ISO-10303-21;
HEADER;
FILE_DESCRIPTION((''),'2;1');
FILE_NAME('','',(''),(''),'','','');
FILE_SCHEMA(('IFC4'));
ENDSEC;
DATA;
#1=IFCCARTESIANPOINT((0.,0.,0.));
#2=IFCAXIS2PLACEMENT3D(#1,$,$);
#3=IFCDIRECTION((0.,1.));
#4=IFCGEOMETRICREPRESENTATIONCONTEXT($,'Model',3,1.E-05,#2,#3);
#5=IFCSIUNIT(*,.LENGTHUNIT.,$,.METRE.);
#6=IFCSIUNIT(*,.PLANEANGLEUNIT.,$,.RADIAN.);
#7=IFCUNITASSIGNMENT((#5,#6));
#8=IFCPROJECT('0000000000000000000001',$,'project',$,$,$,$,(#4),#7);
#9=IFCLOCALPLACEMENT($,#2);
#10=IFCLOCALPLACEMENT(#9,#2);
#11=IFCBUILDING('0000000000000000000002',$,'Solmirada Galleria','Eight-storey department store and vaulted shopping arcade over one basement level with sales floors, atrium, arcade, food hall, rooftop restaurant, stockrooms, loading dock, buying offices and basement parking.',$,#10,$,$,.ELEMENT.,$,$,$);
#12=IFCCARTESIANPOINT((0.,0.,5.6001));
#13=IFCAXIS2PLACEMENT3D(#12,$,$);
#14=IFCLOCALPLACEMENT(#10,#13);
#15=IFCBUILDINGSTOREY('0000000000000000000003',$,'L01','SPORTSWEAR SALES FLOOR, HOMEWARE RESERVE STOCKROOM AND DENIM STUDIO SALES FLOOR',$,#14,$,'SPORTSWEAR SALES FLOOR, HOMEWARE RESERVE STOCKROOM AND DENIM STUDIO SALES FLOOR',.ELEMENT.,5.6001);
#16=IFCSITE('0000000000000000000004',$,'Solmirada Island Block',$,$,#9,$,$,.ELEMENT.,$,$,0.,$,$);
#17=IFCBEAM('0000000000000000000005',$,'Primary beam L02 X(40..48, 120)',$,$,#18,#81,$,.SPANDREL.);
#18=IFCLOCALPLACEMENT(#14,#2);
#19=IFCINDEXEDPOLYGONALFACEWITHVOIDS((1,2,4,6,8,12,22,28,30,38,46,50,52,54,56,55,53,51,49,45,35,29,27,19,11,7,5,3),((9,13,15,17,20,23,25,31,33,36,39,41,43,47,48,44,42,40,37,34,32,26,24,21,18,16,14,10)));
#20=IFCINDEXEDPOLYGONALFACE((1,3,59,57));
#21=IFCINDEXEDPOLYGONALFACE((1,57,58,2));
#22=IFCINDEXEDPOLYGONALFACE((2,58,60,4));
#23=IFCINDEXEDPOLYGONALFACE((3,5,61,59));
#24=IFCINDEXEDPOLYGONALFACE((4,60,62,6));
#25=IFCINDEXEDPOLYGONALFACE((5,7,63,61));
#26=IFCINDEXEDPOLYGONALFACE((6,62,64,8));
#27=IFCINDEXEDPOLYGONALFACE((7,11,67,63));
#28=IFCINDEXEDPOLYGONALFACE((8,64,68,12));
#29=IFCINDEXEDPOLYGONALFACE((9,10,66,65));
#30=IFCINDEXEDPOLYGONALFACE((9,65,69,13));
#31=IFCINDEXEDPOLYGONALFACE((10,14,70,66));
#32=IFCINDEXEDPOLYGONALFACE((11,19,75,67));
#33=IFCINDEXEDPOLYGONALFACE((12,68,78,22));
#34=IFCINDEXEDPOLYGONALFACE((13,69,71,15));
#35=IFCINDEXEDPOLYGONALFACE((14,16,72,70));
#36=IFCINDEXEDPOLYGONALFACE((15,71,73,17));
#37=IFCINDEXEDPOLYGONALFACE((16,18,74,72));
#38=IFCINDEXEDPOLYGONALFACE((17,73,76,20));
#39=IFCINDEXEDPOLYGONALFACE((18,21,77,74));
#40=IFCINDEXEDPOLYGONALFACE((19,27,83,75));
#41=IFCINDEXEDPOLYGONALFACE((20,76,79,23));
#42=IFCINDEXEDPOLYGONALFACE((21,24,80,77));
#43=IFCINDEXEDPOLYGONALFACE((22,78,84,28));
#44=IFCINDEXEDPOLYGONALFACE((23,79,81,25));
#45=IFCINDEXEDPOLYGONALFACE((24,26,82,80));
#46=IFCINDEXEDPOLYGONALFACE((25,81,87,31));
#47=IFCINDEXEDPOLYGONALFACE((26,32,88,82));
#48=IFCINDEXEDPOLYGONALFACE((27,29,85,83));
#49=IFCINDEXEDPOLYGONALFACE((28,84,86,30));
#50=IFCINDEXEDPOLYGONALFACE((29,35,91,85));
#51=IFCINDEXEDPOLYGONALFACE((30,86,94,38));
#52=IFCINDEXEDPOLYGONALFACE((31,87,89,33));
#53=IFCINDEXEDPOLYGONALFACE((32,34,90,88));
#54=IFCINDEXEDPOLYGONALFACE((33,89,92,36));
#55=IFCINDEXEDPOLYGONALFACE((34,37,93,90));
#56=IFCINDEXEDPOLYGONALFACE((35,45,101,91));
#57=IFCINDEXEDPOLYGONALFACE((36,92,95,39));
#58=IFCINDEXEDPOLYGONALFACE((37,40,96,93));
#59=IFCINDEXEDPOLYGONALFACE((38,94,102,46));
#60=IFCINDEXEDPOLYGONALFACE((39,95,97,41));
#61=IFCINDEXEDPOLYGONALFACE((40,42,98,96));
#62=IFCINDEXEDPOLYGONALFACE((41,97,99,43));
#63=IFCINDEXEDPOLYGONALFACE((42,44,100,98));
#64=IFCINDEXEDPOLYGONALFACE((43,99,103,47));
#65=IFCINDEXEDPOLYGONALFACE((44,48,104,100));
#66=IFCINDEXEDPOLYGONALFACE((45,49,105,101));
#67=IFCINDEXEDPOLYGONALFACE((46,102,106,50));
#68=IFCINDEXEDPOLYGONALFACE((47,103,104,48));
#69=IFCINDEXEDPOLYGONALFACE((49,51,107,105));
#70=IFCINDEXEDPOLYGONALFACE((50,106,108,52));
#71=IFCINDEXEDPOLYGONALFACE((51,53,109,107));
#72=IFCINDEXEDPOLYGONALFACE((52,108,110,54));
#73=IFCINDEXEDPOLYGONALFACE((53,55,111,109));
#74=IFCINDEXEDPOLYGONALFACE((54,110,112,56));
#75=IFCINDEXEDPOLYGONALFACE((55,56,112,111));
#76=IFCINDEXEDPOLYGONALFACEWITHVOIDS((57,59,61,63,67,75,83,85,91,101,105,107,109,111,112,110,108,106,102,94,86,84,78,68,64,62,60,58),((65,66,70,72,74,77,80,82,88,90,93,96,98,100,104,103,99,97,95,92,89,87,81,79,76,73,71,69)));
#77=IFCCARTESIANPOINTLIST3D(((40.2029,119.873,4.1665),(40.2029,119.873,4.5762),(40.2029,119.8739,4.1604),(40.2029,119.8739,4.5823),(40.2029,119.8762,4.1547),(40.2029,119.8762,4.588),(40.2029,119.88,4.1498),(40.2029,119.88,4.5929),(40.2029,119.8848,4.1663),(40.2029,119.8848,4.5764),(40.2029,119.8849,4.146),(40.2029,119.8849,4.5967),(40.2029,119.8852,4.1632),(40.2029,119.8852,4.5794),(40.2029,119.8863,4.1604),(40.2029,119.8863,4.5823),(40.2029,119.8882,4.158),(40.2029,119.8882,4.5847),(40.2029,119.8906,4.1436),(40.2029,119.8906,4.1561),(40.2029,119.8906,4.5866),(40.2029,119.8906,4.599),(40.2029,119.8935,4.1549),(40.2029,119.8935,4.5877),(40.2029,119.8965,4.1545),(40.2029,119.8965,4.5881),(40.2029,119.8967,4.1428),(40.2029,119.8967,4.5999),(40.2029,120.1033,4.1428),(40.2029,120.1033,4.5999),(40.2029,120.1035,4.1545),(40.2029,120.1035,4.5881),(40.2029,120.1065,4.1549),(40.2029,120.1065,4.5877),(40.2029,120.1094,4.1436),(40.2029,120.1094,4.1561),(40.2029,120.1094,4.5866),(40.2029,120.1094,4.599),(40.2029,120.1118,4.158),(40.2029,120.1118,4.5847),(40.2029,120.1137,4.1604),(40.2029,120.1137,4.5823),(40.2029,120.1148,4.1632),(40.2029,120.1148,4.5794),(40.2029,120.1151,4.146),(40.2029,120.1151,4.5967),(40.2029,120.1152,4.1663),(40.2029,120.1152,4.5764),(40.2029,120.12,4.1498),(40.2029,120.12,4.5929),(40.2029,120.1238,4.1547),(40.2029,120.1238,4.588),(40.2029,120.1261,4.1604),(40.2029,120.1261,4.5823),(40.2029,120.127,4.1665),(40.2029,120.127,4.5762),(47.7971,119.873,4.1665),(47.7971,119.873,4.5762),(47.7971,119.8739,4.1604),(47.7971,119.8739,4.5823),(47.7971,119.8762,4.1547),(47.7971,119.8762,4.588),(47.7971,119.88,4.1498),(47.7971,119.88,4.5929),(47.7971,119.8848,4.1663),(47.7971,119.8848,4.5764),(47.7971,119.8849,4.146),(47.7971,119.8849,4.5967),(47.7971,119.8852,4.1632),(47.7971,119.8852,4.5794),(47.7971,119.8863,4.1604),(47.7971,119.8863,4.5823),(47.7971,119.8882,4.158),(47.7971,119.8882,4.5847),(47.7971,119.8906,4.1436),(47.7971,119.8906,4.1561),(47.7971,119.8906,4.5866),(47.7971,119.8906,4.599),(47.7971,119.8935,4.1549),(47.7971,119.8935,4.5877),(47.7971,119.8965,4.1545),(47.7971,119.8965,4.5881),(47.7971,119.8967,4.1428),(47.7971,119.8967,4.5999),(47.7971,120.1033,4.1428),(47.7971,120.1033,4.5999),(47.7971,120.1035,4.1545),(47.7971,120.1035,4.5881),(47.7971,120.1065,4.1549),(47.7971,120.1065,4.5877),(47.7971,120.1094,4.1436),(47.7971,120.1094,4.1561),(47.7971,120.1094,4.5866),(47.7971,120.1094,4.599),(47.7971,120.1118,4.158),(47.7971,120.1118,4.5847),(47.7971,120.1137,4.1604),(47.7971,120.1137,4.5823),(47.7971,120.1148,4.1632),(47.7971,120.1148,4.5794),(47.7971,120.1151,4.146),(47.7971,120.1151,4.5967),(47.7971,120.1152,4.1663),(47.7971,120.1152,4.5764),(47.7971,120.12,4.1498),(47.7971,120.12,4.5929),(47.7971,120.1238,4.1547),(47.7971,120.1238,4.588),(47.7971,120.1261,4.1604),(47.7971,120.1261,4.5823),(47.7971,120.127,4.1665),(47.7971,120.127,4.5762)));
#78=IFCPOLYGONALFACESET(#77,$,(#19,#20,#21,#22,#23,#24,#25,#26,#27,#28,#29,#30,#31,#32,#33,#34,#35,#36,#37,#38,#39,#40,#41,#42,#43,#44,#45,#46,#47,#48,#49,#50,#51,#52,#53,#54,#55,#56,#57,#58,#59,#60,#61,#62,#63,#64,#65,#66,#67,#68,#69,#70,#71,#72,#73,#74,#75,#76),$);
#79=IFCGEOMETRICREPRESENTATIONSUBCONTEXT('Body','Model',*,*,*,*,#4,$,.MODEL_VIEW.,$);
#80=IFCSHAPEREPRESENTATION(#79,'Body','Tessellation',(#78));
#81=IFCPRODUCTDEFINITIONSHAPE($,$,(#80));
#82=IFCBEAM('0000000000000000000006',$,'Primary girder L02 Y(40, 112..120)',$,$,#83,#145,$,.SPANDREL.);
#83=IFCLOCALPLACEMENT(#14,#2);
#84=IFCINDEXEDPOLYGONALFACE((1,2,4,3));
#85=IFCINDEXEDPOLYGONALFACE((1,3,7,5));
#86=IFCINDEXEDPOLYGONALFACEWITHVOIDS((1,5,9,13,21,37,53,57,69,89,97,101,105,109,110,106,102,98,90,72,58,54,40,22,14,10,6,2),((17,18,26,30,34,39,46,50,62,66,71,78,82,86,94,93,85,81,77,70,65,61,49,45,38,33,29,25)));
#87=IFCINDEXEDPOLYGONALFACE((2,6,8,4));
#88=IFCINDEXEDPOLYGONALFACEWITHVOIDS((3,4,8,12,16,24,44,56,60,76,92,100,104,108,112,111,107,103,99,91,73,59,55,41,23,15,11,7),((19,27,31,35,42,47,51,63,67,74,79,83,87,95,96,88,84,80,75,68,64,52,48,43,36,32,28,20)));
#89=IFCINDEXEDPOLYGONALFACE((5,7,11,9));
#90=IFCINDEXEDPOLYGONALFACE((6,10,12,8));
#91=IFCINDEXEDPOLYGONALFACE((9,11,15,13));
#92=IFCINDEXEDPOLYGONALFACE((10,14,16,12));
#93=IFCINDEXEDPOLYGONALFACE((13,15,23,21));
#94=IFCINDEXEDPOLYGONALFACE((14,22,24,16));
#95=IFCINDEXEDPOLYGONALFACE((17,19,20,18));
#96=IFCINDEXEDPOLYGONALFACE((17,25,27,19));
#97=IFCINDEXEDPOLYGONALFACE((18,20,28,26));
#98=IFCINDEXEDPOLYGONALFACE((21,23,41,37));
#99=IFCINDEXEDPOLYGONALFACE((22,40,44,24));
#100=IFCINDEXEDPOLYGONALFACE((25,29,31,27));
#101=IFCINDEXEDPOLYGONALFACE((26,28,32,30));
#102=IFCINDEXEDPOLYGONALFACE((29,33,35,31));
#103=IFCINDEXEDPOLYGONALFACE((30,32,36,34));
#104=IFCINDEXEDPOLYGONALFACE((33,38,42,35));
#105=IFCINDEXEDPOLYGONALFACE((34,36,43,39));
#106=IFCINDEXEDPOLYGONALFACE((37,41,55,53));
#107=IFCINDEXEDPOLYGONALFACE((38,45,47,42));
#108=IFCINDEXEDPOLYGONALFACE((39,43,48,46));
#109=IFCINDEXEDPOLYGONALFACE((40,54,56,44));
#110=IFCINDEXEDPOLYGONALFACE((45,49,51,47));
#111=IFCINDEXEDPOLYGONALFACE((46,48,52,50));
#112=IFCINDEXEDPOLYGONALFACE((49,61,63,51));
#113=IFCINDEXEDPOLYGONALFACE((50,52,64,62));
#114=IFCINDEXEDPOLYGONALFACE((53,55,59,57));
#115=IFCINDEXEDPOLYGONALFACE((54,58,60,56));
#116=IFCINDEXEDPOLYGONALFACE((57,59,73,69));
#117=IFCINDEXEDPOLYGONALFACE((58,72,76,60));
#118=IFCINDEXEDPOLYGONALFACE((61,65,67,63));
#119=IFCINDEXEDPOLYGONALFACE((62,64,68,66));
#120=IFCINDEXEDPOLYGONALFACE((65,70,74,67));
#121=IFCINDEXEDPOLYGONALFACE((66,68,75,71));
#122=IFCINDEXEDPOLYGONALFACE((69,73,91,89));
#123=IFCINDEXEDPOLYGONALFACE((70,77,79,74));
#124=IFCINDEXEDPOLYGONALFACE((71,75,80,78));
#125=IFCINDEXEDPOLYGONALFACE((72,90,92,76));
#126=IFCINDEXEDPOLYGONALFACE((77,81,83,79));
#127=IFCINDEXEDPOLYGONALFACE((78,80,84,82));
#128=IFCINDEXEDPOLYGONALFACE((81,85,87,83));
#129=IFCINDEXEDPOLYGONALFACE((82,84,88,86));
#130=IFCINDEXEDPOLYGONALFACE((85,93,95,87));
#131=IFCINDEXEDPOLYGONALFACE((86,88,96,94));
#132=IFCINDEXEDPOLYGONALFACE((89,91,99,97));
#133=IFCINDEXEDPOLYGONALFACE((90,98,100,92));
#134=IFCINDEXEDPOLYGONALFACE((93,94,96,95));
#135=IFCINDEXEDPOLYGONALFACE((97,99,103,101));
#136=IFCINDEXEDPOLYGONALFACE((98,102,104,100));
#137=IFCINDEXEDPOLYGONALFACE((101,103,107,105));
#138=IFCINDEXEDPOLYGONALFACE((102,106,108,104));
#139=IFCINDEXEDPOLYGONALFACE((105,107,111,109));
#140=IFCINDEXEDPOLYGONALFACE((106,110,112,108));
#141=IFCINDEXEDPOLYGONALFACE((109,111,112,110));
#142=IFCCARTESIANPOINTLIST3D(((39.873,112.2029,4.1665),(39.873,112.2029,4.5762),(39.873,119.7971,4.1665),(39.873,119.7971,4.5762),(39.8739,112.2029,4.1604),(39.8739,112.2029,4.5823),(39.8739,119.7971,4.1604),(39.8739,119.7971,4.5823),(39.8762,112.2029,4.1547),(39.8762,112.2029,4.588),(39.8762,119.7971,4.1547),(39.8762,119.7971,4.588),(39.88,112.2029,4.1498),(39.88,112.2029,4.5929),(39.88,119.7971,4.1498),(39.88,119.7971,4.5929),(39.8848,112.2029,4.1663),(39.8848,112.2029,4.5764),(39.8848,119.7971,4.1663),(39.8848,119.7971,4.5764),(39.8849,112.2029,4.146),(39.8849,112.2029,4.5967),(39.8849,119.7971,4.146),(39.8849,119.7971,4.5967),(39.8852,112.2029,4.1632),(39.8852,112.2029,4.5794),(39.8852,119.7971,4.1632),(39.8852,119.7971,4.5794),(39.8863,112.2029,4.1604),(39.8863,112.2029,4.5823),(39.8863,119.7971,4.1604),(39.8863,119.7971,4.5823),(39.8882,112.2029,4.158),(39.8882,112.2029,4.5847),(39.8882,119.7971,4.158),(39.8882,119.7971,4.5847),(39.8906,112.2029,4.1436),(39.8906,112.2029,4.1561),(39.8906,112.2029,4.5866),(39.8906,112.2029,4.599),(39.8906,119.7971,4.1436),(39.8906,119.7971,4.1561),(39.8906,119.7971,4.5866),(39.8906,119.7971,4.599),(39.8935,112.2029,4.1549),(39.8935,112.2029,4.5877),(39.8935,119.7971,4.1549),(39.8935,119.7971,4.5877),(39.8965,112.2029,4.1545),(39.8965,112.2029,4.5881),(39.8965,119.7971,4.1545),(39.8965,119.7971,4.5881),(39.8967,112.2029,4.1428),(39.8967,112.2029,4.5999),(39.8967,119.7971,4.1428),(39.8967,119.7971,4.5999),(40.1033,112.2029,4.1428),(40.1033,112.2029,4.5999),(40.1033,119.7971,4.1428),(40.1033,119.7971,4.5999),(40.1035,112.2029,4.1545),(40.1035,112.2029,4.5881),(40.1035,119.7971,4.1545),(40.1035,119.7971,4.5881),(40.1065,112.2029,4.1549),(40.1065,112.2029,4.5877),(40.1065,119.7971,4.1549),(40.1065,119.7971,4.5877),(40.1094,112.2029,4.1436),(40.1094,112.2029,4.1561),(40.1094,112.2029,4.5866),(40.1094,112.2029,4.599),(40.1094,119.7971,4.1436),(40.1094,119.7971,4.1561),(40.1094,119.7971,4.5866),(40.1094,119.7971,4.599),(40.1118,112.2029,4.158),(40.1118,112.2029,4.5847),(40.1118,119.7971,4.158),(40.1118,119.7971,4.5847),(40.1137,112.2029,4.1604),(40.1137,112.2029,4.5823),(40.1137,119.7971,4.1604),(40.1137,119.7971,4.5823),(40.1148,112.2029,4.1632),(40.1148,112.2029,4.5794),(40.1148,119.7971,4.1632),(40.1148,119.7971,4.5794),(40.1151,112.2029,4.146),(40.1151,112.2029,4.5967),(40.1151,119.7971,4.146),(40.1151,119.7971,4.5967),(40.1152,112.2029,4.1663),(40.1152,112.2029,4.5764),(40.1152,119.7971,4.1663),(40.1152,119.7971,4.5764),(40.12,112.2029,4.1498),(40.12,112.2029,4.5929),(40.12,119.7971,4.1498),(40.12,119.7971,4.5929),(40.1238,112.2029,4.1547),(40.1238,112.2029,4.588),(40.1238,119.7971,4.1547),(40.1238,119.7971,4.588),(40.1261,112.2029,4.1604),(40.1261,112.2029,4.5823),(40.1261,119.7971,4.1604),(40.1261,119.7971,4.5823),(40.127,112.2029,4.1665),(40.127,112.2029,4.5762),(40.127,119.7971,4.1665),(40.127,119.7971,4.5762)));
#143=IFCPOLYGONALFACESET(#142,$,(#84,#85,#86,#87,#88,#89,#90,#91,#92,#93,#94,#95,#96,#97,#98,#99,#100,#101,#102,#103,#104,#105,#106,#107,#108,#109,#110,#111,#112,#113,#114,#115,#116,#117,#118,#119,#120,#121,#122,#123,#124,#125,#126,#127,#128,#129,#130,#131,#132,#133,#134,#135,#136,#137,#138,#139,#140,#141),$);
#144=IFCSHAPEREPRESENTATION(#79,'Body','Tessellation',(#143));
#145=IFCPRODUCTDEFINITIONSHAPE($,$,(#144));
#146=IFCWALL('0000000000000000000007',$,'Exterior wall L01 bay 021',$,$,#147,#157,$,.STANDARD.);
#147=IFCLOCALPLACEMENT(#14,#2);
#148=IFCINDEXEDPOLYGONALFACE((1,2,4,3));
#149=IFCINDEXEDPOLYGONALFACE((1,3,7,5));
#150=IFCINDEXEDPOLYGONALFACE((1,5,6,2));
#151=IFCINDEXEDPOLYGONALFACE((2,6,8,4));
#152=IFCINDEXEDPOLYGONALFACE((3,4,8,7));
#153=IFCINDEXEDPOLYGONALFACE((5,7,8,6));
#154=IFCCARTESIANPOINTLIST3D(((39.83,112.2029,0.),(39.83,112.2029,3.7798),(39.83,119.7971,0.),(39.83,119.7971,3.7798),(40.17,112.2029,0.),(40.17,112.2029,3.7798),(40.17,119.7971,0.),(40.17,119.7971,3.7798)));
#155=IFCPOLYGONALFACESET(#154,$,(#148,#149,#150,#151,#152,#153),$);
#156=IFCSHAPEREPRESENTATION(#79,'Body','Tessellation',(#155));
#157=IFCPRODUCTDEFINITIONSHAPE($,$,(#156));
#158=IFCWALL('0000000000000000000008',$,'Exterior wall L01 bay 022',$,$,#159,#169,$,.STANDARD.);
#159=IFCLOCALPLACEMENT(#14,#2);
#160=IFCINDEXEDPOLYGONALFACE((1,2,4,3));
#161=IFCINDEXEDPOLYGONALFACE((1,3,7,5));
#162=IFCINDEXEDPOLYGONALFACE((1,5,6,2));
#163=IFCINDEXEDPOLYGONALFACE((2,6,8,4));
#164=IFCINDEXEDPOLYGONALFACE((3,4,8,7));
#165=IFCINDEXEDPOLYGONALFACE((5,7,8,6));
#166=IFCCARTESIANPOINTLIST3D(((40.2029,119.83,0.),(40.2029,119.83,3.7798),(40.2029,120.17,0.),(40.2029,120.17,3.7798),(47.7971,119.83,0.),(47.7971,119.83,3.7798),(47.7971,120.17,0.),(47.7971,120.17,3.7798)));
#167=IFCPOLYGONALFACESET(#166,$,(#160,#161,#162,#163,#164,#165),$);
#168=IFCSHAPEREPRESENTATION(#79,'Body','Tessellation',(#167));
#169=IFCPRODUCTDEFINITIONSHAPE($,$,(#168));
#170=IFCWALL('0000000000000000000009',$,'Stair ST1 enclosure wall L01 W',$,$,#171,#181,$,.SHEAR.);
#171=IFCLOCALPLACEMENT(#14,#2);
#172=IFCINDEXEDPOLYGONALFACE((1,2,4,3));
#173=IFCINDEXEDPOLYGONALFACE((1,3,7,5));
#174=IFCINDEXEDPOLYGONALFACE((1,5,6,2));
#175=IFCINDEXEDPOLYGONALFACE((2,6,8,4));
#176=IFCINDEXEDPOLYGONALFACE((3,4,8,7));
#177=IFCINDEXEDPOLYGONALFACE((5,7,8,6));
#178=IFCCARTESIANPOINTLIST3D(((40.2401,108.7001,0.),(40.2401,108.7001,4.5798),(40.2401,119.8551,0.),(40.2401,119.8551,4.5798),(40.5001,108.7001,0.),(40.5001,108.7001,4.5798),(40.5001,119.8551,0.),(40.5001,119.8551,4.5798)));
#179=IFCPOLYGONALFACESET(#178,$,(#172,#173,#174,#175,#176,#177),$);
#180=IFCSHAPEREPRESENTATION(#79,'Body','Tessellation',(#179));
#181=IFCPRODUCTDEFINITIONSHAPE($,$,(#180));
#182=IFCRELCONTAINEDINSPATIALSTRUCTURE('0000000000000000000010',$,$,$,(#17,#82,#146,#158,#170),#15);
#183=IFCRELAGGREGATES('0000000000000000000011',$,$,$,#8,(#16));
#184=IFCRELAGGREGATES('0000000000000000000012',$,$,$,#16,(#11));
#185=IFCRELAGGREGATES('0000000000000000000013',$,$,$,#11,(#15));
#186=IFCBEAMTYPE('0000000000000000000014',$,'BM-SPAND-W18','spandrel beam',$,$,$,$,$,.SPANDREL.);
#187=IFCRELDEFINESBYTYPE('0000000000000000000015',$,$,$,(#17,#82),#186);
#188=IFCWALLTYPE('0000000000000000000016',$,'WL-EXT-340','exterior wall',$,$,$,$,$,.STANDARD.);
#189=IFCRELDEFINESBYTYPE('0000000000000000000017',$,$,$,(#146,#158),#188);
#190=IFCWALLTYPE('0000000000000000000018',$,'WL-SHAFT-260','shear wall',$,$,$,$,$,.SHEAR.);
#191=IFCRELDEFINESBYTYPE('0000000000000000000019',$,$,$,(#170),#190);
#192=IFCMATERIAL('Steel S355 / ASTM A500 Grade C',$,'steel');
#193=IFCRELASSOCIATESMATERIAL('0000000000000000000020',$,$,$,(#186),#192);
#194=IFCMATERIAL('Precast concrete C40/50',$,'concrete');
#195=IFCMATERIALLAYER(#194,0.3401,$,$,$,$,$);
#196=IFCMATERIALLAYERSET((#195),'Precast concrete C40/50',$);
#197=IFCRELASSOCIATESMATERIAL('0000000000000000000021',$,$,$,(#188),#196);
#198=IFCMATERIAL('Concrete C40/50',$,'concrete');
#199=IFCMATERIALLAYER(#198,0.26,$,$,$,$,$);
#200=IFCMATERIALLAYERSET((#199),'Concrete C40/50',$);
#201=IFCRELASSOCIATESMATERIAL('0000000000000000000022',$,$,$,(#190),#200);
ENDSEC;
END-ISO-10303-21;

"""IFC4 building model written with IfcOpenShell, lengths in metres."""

from ifc_helpers import new_model, si_unit, direction, frame, frame_2d, origin, origin_2d, place, context, subcontext, project, spatial, rectangle, hollow_rectangle, extrude, material, layer, layer_set, material_profile, profile_set, type_object, element, save


model = new_model("IFC4")

# Units and contexts
model_context = context("Model", 3, precision=1e-05, world=origin(), true_north=direction((0.0, 1.0)))
body_context = subcontext(model_context, "Body", "Model", "MODEL_VIEW")
ifc_project = project(units=[si_unit("LENGTHUNIT", "METRE"), si_unit("PLANEANGLEUNIT", "RADIAN")], contexts=[model_context])

# Site, building, storey
site_placement = place(None, origin())
site = spatial("IfcSite", under=ifc_project, at=site_placement, Name="Solmirada Island Block", CompositionType="ELEMENT", RefElevation=0.0)
building_placement = place(site_placement, origin())
building = spatial("IfcBuilding", under=site, at=building_placement, Name="Solmirada Galleria", Description="Eight-storey department store and vaulted shopping arcade over one basement level with sales floors, atrium, arcade, food hall, rooftop restaurant, stockrooms, loading dock, buying offices and basement parking.", CompositionType="ELEMENT")
storey_placement = place(building_placement, frame((0.0, 0.0, 5.6001)))
storey = spatial("IfcBuildingStorey", under=building, at=storey_placement, Name="L01", Description="SPORTSWEAR SALES FLOOR, HOMEWARE RESERVE STOCKROOM AND DENIM STUDIO SALES FLOOR", LongName="SPORTSWEAR SALES FLOOR, HOMEWARE RESERVE STOCKROOM AND DENIM STUDIO SALES FLOOR", CompositionType="ELEMENT", Elevation=5.6001)

# Shared definitions
ifc_material_1 = material(Name="Steel S355 / ASTM A500 Grade C", Category="steel")

# Beams
ifc_material_profile_1 = material_profile(ifc_material_1, hollow_rectangle(XDim=0.2539, YDim=0.457, WallThickness=0.0117, InnerFilletRadius=0.0117, OuterFilletRadius=0.0237, at=origin_2d()), Name="HSS18X10X1/2")
ifc_profile_set_1 = profile_set([ifc_material_profile_1], Name="Steel S355 / ASTM A500 Grade C")
beam_type = type_object("IfcBeamType", Name="BM-SPAND-W18", Description="spandrel beam", PredefinedType="SPANDREL", material=ifc_profile_set_1)
for number, where, z_axis, x_axis, name in (
    (1, (40.2029, 120.0, 4.3713), (1.0, 0.0, 0.0), (0.0, 1.0, 0.0), "Primary beam L02 X(40..48, 120)"),
    (2, (40.0, 112.2029, 4.3713), (0.0, 1.0, 0.0), (-1.0, 0.0, 0.0), "Primary girder L02 Y(40, 112..120)"),
):
    element("IfcBeam", number, at=place(storey_placement, frame(where, z_axis=z_axis, x_axis=x_axis)), inside=storey, type_object=beam_type, Name=name, PredefinedType="SPANDREL", context=body_context, shape_type="SweptSolid", body=[
        extrude(hollow_rectangle(XDim=0.2539, YDim=0.457, WallThickness=0.0117, InnerFilletRadius=0.0117, OuterFilletRadius=0.0237, at=origin_2d()), origin(), (0.0, 0.0, 1.0), 7.5942),
    ])

# Walls
ifc_material_2 = material(Name="Precast concrete C40/50", Category="concrete")
ifc_layer_1 = layer(ifc_material_2, 0.3401)
ifc_layer_set_1 = layer_set([ifc_layer_1], Name="Precast concrete C40/50")
wall_type_1 = type_object("IfcWallType", Name="WL-EXT-340", Description="exterior wall", PredefinedType="STANDARD", material=ifc_layer_set_1)
for number, where, z_axis, x_axis, name in (
    (3, (40.0, 112.2029, 0.0), (0.0, 0.0, 1.0), (0.0, 1.0, 0.0), "Exterior wall L01 bay 021"),
    (4, (40.2029, 120.0, 0.0), (0.0, 0.0, 1.0), (1.0, 0.0, 0.0), "Exterior wall L01 bay 022"),
):
    element("IfcWall", number, at=place(storey_placement, frame(where, z_axis=z_axis, x_axis=x_axis)), inside=storey, type_object=wall_type_1, Name=name, PredefinedType="STANDARD", context=body_context, shape_type="SweptSolid", body=[
        extrude(rectangle(XDim=7.5942, YDim=0.3401, at=frame_2d((3.7971, 0.0))), origin(), (0.0, 0.0, 1.0), 3.7798),
    ])
ifc_material_3 = material(Name="Concrete C40/50", Category="concrete")
ifc_layer_2 = layer(ifc_material_3, 0.26)
ifc_layer_set_2 = layer_set([ifc_layer_2], Name="Concrete C40/50")
wall_type_2 = type_object("IfcWallType", Name="WL-SHAFT-260", Description="shear wall", PredefinedType="SHEAR", material=ifc_layer_set_2)
wall_placement = place(storey_placement, frame((40.3701, 108.7, 0.0), z_axis=(0.0, 0.0, 1.0), x_axis=(0.0, 1.0, 0.0)))
element("IfcWall", 5, at=wall_placement, inside=storey, type_object=wall_type_2, Name="Stair ST1 enclosure wall L01 W", PredefinedType="SHEAR", context=body_context, shape_type="SweptSolid", body=[
    extrude(rectangle(XDim=11.155, YDim=0.26, at=frame_2d((5.5776, 0.0))), origin(), (0.0, 0.0, 1.0), 4.5798),
])

save(model, "model.ifc")
